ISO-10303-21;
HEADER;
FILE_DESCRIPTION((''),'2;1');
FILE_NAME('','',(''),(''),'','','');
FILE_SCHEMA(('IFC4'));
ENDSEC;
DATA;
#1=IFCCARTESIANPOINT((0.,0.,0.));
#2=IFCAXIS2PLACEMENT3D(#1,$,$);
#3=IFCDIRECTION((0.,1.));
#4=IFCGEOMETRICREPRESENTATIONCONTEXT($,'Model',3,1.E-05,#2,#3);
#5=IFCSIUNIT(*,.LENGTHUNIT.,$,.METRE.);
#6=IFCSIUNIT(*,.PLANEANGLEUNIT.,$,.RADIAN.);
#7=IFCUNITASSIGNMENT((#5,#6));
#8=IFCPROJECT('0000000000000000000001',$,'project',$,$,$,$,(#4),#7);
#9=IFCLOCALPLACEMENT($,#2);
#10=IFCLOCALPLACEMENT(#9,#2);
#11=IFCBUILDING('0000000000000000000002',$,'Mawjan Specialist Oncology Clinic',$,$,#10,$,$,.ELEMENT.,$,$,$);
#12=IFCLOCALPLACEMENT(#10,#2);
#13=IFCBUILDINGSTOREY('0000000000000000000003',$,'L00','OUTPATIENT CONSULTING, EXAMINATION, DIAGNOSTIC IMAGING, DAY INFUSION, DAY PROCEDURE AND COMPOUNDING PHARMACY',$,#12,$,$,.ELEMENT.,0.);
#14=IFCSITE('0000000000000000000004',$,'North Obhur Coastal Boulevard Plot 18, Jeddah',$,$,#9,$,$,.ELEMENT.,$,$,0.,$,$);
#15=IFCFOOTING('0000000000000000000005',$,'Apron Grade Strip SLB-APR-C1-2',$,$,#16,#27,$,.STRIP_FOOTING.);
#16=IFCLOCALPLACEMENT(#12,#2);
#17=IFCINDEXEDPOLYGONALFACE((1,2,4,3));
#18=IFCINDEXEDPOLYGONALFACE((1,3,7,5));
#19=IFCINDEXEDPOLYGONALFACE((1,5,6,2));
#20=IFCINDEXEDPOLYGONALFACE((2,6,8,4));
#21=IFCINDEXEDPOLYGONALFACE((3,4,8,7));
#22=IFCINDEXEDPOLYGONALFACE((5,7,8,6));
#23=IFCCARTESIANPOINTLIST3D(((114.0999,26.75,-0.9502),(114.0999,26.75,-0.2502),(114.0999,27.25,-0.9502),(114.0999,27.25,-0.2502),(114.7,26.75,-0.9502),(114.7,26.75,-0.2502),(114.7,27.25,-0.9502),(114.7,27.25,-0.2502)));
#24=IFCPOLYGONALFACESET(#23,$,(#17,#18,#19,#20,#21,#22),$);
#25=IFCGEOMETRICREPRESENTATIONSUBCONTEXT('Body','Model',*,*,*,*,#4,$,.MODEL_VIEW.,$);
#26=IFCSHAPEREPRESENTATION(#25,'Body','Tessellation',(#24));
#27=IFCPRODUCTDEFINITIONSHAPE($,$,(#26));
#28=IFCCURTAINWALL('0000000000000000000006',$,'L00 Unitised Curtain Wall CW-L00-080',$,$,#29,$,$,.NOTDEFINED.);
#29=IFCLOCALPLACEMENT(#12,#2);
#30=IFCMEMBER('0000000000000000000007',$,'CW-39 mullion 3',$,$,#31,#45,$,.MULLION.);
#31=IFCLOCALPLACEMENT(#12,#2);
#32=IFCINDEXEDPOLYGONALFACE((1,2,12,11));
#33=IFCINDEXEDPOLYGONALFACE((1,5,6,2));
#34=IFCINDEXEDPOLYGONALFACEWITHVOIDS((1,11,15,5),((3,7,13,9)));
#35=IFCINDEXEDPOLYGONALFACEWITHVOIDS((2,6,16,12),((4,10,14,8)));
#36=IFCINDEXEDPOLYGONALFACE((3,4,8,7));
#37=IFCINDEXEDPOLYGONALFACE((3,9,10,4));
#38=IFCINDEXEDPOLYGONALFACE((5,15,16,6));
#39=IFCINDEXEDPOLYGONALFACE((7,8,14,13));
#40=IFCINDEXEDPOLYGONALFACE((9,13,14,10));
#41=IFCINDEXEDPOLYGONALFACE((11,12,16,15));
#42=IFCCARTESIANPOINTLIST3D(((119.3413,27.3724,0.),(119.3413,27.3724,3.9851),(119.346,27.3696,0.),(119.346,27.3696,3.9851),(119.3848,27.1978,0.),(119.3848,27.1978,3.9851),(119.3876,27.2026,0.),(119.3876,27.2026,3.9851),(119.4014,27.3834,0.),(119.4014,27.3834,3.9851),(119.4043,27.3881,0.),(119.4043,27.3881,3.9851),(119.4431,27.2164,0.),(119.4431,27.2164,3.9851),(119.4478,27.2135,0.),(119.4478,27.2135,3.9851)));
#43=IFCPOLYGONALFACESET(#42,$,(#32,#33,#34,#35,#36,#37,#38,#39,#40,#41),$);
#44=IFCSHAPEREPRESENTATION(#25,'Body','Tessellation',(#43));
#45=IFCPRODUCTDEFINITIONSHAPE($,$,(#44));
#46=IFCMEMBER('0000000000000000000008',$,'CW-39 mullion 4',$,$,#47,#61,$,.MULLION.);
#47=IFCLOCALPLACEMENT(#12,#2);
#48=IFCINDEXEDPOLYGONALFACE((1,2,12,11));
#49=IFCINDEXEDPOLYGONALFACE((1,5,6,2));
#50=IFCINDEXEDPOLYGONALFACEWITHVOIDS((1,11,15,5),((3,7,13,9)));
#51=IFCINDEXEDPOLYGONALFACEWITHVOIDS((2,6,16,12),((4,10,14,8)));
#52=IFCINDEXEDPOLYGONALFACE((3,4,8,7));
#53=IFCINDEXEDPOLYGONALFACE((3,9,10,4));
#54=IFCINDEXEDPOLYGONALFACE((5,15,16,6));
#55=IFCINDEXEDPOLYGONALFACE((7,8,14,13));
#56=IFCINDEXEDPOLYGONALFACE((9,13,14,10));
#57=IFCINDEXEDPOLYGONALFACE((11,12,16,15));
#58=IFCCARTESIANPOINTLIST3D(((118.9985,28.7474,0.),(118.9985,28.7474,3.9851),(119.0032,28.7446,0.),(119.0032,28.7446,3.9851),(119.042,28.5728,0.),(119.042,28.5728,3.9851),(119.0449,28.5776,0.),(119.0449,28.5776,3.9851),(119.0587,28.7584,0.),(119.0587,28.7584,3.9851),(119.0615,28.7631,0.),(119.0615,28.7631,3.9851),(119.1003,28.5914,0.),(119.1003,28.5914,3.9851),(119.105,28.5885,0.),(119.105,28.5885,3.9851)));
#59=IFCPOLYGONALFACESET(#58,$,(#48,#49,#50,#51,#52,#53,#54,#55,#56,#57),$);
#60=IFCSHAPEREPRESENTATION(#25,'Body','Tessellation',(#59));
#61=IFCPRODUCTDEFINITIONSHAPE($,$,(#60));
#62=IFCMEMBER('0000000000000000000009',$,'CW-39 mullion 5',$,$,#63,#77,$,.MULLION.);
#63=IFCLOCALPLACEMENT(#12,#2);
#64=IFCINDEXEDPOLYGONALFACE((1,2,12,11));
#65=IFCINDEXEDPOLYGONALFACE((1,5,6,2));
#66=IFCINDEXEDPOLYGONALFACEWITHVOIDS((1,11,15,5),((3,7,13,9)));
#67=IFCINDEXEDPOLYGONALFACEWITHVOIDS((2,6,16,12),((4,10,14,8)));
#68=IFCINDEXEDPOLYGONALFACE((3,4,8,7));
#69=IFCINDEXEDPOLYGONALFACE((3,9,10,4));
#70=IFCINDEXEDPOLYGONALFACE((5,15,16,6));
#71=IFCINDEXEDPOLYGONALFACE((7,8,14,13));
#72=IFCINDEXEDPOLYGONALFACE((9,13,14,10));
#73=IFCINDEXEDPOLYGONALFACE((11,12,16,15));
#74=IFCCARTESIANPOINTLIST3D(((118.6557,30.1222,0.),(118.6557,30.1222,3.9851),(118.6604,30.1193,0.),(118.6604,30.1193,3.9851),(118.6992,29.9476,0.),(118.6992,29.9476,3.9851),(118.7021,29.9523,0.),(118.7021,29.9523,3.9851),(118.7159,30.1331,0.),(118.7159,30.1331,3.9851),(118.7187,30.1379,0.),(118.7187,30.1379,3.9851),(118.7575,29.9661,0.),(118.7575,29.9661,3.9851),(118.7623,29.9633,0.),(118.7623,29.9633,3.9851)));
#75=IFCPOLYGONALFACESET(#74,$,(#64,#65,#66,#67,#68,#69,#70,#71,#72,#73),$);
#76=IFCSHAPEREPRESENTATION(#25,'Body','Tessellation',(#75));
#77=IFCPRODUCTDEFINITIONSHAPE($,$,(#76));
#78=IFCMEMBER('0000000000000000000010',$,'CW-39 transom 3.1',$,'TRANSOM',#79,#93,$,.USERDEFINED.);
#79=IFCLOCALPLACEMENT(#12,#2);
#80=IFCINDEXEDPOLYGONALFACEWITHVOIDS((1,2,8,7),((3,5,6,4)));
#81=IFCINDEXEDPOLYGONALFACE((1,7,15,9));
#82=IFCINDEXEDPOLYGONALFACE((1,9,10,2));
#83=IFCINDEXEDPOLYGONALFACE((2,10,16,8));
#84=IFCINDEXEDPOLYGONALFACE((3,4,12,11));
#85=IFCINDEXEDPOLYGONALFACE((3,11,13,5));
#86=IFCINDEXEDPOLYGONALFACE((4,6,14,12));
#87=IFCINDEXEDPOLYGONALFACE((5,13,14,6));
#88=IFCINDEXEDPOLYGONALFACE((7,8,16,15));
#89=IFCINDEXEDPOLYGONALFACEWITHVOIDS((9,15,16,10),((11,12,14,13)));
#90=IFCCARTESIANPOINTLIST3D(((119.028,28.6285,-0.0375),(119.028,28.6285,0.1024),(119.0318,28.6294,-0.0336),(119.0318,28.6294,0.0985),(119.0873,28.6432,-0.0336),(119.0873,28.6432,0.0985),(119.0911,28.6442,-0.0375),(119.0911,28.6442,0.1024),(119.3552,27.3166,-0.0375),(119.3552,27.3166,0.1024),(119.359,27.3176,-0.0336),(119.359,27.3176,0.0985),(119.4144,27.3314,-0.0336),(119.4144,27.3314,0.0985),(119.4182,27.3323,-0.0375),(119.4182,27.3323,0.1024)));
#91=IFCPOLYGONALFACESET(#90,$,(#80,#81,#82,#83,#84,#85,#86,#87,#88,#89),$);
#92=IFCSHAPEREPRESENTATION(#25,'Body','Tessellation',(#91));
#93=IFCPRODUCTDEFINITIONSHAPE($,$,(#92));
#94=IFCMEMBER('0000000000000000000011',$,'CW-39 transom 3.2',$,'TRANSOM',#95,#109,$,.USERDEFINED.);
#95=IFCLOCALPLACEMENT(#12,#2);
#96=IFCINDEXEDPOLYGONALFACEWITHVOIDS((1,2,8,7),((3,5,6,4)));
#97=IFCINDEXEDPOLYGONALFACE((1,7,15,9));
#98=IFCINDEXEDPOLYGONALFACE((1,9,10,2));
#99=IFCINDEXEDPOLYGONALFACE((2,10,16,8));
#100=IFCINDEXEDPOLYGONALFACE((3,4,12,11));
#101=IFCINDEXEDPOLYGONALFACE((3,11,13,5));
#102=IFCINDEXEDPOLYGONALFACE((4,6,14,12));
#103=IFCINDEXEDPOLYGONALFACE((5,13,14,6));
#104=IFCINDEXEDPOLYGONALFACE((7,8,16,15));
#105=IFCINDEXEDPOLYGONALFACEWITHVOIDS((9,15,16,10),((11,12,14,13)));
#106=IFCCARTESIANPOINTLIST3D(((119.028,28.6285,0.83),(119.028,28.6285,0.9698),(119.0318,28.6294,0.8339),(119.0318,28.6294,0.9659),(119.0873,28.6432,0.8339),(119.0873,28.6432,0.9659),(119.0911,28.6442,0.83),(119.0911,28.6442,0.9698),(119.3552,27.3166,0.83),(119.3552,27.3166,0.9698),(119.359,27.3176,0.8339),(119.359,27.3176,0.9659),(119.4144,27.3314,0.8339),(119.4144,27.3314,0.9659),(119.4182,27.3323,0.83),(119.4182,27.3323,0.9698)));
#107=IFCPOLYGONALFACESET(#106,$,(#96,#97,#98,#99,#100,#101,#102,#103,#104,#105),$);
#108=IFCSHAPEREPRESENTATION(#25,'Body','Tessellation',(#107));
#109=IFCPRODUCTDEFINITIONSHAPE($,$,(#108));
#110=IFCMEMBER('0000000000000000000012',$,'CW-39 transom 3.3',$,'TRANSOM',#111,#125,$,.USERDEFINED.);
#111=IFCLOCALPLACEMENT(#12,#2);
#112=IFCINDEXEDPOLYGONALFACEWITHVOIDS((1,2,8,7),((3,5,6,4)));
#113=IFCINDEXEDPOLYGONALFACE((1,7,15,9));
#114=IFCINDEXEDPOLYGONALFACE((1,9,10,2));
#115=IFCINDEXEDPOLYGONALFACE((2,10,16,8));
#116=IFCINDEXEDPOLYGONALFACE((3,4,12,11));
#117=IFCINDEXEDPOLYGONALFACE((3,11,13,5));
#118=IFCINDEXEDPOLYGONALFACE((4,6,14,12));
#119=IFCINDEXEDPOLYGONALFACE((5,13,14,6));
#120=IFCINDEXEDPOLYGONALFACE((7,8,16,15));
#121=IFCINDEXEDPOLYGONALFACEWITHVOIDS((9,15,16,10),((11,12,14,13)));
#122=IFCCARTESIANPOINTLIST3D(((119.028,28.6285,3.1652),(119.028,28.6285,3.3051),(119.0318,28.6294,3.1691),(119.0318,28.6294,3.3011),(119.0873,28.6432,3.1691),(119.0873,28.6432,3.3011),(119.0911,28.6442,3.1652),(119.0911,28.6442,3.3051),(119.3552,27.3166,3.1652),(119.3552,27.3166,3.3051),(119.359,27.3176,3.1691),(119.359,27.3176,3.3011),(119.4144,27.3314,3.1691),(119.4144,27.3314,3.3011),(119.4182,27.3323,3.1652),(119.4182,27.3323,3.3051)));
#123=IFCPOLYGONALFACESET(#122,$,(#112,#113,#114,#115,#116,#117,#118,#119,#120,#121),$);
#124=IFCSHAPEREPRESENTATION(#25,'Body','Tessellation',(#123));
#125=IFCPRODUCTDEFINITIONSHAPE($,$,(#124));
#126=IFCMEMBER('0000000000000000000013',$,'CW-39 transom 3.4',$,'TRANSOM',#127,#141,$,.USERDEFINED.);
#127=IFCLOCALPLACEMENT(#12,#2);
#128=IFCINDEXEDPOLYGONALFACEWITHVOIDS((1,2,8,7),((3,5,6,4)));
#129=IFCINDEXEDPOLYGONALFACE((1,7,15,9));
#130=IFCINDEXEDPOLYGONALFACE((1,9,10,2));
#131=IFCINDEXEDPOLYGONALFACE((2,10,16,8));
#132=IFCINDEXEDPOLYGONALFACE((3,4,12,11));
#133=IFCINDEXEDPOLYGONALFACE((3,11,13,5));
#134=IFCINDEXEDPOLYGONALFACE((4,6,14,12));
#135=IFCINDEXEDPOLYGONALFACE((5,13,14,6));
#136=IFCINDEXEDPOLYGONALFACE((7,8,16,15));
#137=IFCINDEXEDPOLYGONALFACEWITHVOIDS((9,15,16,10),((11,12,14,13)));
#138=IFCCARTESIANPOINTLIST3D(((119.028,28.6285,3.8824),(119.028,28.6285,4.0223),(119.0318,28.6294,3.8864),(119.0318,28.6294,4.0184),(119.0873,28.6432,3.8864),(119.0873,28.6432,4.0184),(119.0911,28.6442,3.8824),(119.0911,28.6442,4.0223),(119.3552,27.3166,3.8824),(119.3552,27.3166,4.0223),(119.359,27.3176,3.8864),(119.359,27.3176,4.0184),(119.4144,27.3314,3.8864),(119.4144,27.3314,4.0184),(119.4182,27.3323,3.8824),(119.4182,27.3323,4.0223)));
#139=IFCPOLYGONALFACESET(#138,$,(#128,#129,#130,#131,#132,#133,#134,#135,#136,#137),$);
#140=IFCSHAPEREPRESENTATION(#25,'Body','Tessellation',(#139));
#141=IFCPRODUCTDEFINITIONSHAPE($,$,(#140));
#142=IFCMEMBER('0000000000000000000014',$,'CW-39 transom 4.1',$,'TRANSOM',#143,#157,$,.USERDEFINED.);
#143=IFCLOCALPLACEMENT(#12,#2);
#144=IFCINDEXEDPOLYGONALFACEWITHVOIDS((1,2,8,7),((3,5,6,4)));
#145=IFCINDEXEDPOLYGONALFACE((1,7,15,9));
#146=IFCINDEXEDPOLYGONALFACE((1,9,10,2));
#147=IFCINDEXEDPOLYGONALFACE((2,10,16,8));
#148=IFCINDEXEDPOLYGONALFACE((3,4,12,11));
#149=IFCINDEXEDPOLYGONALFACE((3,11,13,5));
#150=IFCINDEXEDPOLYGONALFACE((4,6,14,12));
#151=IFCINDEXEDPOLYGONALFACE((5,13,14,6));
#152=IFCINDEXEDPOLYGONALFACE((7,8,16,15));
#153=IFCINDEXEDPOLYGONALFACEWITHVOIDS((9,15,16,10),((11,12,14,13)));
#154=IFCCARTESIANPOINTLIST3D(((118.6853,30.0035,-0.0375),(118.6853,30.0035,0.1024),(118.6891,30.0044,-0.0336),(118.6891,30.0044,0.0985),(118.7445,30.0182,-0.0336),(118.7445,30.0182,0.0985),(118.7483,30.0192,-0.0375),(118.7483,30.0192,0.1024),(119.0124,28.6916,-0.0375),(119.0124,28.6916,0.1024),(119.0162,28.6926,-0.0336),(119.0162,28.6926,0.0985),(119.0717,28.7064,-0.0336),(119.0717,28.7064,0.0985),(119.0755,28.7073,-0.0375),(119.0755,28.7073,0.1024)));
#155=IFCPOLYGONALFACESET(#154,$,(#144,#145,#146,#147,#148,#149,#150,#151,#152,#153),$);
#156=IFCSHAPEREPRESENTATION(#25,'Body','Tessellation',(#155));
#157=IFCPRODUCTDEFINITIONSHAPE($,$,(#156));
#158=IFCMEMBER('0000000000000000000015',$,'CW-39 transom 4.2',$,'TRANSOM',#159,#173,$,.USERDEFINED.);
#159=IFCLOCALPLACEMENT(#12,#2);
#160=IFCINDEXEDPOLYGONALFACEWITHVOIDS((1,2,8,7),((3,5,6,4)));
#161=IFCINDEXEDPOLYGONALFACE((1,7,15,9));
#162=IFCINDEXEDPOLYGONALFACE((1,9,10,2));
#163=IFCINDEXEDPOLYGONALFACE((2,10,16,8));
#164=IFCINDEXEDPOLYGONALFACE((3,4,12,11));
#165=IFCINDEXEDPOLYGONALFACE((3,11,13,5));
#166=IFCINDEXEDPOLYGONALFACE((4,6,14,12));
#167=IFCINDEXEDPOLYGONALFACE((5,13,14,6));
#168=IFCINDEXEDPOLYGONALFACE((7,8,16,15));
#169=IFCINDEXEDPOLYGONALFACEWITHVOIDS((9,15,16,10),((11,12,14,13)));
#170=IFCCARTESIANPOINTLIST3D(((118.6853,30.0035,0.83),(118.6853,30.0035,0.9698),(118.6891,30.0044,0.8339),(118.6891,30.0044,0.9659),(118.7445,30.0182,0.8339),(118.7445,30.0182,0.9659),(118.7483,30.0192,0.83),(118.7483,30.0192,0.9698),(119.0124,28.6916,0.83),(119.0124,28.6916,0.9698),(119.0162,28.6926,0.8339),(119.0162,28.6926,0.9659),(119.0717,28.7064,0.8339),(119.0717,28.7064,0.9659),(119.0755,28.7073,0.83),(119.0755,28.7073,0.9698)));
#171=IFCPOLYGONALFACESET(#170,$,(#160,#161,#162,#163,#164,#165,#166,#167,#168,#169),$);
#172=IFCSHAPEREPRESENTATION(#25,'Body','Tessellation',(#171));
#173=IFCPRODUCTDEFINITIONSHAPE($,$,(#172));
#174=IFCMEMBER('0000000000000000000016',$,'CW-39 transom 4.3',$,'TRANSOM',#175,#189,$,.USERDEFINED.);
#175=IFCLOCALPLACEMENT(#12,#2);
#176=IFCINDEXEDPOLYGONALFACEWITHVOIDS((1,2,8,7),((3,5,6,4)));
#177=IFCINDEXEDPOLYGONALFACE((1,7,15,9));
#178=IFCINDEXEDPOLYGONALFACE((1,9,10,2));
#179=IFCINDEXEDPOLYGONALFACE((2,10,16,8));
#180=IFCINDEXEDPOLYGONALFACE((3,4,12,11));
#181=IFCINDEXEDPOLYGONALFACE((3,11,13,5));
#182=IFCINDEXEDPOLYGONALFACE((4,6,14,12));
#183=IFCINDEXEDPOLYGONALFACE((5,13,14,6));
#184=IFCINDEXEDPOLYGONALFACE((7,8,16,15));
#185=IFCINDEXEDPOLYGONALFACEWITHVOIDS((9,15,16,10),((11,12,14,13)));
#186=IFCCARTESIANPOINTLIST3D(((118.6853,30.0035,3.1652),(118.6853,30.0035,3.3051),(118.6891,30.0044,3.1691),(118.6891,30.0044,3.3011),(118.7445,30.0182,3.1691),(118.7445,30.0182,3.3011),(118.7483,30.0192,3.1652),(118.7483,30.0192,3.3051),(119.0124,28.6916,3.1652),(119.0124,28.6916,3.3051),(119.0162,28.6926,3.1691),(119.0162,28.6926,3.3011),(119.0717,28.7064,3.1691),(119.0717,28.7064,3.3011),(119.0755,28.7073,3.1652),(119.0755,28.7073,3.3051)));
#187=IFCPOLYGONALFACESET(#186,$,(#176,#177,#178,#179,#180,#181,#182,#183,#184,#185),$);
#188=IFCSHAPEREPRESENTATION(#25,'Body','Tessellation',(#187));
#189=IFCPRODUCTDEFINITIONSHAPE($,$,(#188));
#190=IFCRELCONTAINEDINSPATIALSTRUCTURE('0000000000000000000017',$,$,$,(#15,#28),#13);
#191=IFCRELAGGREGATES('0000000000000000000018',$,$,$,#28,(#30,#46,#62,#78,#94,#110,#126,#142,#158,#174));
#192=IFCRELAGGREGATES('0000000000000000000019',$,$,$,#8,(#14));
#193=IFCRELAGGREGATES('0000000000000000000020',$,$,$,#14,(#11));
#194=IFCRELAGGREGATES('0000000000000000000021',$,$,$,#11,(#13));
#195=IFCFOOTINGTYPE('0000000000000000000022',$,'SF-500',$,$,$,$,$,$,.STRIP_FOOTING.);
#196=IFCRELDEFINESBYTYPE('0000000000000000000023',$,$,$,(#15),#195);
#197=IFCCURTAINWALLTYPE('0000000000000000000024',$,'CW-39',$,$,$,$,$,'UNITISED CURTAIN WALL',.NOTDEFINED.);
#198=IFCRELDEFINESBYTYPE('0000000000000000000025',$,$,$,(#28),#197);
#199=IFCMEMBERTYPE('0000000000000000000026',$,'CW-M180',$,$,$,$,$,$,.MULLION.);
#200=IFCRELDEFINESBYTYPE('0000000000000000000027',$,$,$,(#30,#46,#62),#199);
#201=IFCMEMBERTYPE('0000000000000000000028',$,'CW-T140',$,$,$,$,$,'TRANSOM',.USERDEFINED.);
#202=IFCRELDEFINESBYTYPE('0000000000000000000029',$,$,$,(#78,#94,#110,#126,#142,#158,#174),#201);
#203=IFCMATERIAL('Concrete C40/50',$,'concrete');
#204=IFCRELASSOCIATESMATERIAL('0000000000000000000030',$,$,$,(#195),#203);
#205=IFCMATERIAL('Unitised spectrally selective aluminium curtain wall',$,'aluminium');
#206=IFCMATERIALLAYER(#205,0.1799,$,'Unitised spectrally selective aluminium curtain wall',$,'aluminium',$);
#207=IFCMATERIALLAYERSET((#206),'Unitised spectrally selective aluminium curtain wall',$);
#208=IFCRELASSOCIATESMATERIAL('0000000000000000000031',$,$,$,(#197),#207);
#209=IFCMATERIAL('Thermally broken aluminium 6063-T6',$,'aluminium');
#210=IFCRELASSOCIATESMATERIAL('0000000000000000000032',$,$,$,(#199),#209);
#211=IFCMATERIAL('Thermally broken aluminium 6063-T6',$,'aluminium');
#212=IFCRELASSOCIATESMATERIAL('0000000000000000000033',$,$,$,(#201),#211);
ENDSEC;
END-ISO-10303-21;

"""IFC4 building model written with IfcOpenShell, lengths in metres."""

from ifc_helpers import new_model, si_unit, direction, frame, origin, origin_2d, place, context, subcontext, project, spatial, rectangle, hollow_rectangle, extrude, material, layer, layer_set, material_profile, profile_set, type_object, element, aggregate, save


model = new_model("IFC4")

# Units and contexts
model_context = context("Model", 3, precision=1e-05, world=origin(), true_north=direction((0.0, 1.0)))
body_context = subcontext(model_context, "Body", "Model", "MODEL_VIEW")
ifc_project = project(units=[si_unit("LENGTHUNIT", "METRE"), si_unit("PLANEANGLEUNIT", "RADIAN")], contexts=[model_context])

# Site, building, storey
site_placement = place(None, origin())
site = spatial("IfcSite", under=ifc_project, at=site_placement, Name="North Obhur Coastal Boulevard Plot 18, Jeddah", CompositionType="ELEMENT", RefElevation=0.0)
building_placement = place(site_placement, origin())
building = spatial("IfcBuilding", under=site, at=building_placement, Name="Mawjan Specialist Oncology Clinic", CompositionType="ELEMENT")
storey_placement = place(building_placement, origin())
storey = spatial("IfcBuildingStorey", under=building, at=storey_placement, Name="L00", Description="OUTPATIENT CONSULTING, EXAMINATION, DIAGNOSTIC IMAGING, DAY INFUSION, DAY PROCEDURE AND COMPOUNDING PHARMACY", CompositionType="ELEMENT", Elevation=0.0)

# Footing
ifc_material_1 = material(Name="Concrete C40/50", Category="concrete")
footing_type = type_object("IfcFootingType", Name="SF-500", PredefinedType="STRIP_FOOTING", material=ifc_material_1)
footing_placement = place(storey_placement, frame((114.3999, 27.0, -0.9502), z_axis=(0.0, 0.0, 1.0), x_axis=(1.0, 0.0, 0.0)))
element("IfcFooting", 1, at=footing_placement, inside=storey, type_object=footing_type, Name="Apron Grade Strip SLB-APR-C1-2", PredefinedType="STRIP_FOOTING", context=body_context, shape_type="SweptSolid", body=[
    extrude(rectangle(XDim=0.6001, YDim=0.5, at=origin_2d()), origin(), (0.0, 0.0, 1.0), 0.7),
])

# Curtain wall, members
ifc_material_2 = material(Name="Unitised spectrally selective aluminium curtain wall", Category="aluminium")
ifc_layer_1 = layer(ifc_material_2, 0.1799, Name="Unitised spectrally selective aluminium curtain wall", Category="aluminium")
ifc_layer_set_1 = layer_set([ifc_layer_1], Name="Unitised spectrally selective aluminium curtain wall")
curtain_wall_type = type_object("IfcCurtainWallType", Name="CW-39", ElementType="UNITISED CURTAIN WALL", PredefinedType="NOTDEFINED", material=ifc_layer_set_1)
curtain_wall_placement = place(storey_placement, origin())
curtain_wall = element("IfcCurtainWall", 2, at=curtain_wall_placement, inside=storey, type_object=curtain_wall_type, Name="L00 Unitised Curtain Wall CW-L00-080", PredefinedType="NOTDEFINED")
ifc_material_3 = material(Name="Thermally broken aluminium 6063-T6", Category="aluminium")
ifc_material_profile_1 = material_profile(ifc_material_3, hollow_rectangle(XDim=0.0649, YDim=0.1799, WallThickness=0.0039, at=origin_2d()), Name="ALU MULLION 180x65x4", Category="aluminium")
ifc_profile_set_1 = profile_set([ifc_material_profile_1], Name="Thermally broken aluminium 6063-T6")
member_type_1 = type_object("IfcMemberType", Name="CW-M180", PredefinedType="MULLION", material=ifc_profile_set_1)
member_1_placement = place(storey_placement, frame((119.3945, 27.293, 0.0), z_axis=(0.0, 0.0, 1.0), x_axis=(-0.970296, -0.241922, 0.0)))
member_1 = element("IfcMember", 3, at=member_1_placement, type_object=member_type_1, Name="CW-39 mullion 3", PredefinedType="MULLION", context=body_context, shape_type="SweptSolid", body=[
    extrude(hollow_rectangle(XDim=0.0649, YDim=0.1799, WallThickness=0.0039, at=origin_2d()), origin(), (0.0, 0.0, 1.0), 3.9851),
])
member_2_placement = place(storey_placement, frame((119.0518, 28.668, 0.0), z_axis=(0.0, 0.0, 1.0), x_axis=(-0.970296, -0.241922, 0.0)))
member_2 = element("IfcMember", 4, at=member_2_placement, type_object=member_type_1, Name="CW-39 mullion 4", PredefinedType="MULLION", context=body_context, shape_type="SweptSolid", body=[
    extrude(hollow_rectangle(XDim=0.0649, YDim=0.1799, WallThickness=0.0039, at=origin_2d()), origin(), (0.0, 0.0, 1.0), 3.9851),
])
member_3_placement = place(storey_placement, frame((118.709, 30.0427, 0.0), z_axis=(0.0, 0.0, 1.0), x_axis=(-0.970296, -0.241922, 0.0)))
member_3 = element("IfcMember", 5, at=member_3_placement, type_object=member_type_1, Name="CW-39 mullion 5", PredefinedType="MULLION", context=body_context, shape_type="SweptSolid", body=[
    extrude(hollow_rectangle(XDim=0.0649, YDim=0.1799, WallThickness=0.0039, at=origin_2d()), origin(), (0.0, 0.0, 1.0), 3.9851),
])
ifc_material_4 = material(Name="Thermally broken aluminium 6063-T6", Category="aluminium")
ifc_material_profile_2 = material_profile(ifc_material_4, hollow_rectangle(XDim=0.0649, YDim=0.1399, WallThickness=0.0039, at=origin_2d()), Name="ALU TRANSOM 140x65x4", Category="aluminium")
ifc_profile_set_2 = profile_set([ifc_material_profile_2], Name="Thermally broken aluminium 6063-T6")
member_type_2 = type_object("IfcMemberType", Name="CW-T140", ElementType="TRANSOM", PredefinedType="USERDEFINED", material=ifc_profile_set_2)
member_4_placement = place(storey_placement, frame((119.3867, 27.3245, 0.0325), z_axis=(-0.241983, 0.97028, 0.0), x_axis=(-0.97028, -0.241983, 0.0)))
member_4 = element("IfcMember", 6, at=member_4_placement, type_object=member_type_2, Name="CW-39 transom 3.1", ObjectType="TRANSOM", PredefinedType="USERDEFINED", context=body_context, shape_type="SweptSolid", body=[
    extrude(hollow_rectangle(XDim=0.0649, YDim=0.1399, WallThickness=0.0039, at=origin_2d()), origin(), (0.0, 0.0, 1.0), 1.3521),
])
member_5_placement = place(storey_placement, frame((119.3867, 27.3245, 0.8999), z_axis=(-0.241983, 0.97028, 0.0), x_axis=(-0.97028, -0.241983, 0.0)))
member_5 = element("IfcMember", 7, at=member_5_placement, type_object=member_type_2, Name="CW-39 transom 3.2", ObjectType="TRANSOM", PredefinedType="USERDEFINED", context=body_context, shape_type="SweptSolid", body=[
    extrude(hollow_rectangle(XDim=0.0649, YDim=0.1399, WallThickness=0.0039, at=origin_2d()), origin(), (0.0, 0.0, 1.0), 1.3521),
])
member_6_placement = place(storey_placement, frame((119.3867, 27.3245, 3.2351), z_axis=(-0.241983, 0.97028, 0.0), x_axis=(-0.97028, -0.241983, 0.0)))
member_6 = element("IfcMember", 8, at=member_6_placement, type_object=member_type_2, Name="CW-39 transom 3.3", ObjectType="TRANSOM", PredefinedType="USERDEFINED", context=body_context, shape_type="SweptSolid", body=[
    extrude(hollow_rectangle(XDim=0.0649, YDim=0.1399, WallThickness=0.0039, at=origin_2d()), origin(), (0.0, 0.0, 1.0), 1.3521),
])
member_7_placement = place(storey_placement, frame((119.3867, 27.3245, 3.9524), z_axis=(-0.241983, 0.97028, 0.0), x_axis=(-0.97028, -0.241983, 0.0)))
member_7 = element("IfcMember", 9, at=member_7_placement, type_object=member_type_2, Name="CW-39 transom 3.4", ObjectType="TRANSOM", PredefinedType="USERDEFINED", context=body_context, shape_type="SweptSolid", body=[
    extrude(hollow_rectangle(XDim=0.0649, YDim=0.1399, WallThickness=0.0039, at=origin_2d()), origin(), (0.0, 0.0, 1.0), 1.3521),
])
member_8_placement = place(storey_placement, frame((119.0439, 28.6995, 0.0325), z_axis=(-0.241983, 0.97028, 0.0), x_axis=(-0.97028, -0.241983, 0.0)))
member_8 = element("IfcMember", 10, at=member_8_placement, type_object=member_type_2, Name="CW-39 transom 4.1", ObjectType="TRANSOM", PredefinedType="USERDEFINED", context=body_context, shape_type="SweptSolid", body=[
    extrude(hollow_rectangle(XDim=0.0649, YDim=0.1399, WallThickness=0.0039, at=origin_2d()), origin(), (0.0, 0.0, 1.0), 1.3521),
])
member_9_placement = place(storey_placement, frame((119.0439, 28.6995, 0.8999), z_axis=(-0.241983, 0.97028, 0.0), x_axis=(-0.97028, -0.241983, 0.0)))
member_9 = element("IfcMember", 11, at=member_9_placement, type_object=member_type_2, Name="CW-39 transom 4.2", ObjectType="TRANSOM", PredefinedType="USERDEFINED", context=body_context, shape_type="SweptSolid", body=[
    extrude(hollow_rectangle(XDim=0.0649, YDim=0.1399, WallThickness=0.0039, at=origin_2d()), origin(), (0.0, 0.0, 1.0), 1.3521),
])
member_10_placement = place(storey_placement, frame((119.0439, 28.6995, 3.2351), z_axis=(-0.241983, 0.97028, 0.0), x_axis=(-0.97028, -0.241983, 0.0)))
member_10 = element("IfcMember", 12, at=member_10_placement, type_object=member_type_2, Name="CW-39 transom 4.3", ObjectType="TRANSOM", PredefinedType="USERDEFINED", context=body_context, shape_type="SweptSolid", body=[
    extrude(hollow_rectangle(XDim=0.0649, YDim=0.1399, WallThickness=0.0039, at=origin_2d()), origin(), (0.0, 0.0, 1.0), 1.3521),
])
aggregate(curtain_wall, [member_1, member_2, member_3, member_4, member_5, member_6, member_7, member_8, member_9, member_10])

save(model, "model.ifc")
